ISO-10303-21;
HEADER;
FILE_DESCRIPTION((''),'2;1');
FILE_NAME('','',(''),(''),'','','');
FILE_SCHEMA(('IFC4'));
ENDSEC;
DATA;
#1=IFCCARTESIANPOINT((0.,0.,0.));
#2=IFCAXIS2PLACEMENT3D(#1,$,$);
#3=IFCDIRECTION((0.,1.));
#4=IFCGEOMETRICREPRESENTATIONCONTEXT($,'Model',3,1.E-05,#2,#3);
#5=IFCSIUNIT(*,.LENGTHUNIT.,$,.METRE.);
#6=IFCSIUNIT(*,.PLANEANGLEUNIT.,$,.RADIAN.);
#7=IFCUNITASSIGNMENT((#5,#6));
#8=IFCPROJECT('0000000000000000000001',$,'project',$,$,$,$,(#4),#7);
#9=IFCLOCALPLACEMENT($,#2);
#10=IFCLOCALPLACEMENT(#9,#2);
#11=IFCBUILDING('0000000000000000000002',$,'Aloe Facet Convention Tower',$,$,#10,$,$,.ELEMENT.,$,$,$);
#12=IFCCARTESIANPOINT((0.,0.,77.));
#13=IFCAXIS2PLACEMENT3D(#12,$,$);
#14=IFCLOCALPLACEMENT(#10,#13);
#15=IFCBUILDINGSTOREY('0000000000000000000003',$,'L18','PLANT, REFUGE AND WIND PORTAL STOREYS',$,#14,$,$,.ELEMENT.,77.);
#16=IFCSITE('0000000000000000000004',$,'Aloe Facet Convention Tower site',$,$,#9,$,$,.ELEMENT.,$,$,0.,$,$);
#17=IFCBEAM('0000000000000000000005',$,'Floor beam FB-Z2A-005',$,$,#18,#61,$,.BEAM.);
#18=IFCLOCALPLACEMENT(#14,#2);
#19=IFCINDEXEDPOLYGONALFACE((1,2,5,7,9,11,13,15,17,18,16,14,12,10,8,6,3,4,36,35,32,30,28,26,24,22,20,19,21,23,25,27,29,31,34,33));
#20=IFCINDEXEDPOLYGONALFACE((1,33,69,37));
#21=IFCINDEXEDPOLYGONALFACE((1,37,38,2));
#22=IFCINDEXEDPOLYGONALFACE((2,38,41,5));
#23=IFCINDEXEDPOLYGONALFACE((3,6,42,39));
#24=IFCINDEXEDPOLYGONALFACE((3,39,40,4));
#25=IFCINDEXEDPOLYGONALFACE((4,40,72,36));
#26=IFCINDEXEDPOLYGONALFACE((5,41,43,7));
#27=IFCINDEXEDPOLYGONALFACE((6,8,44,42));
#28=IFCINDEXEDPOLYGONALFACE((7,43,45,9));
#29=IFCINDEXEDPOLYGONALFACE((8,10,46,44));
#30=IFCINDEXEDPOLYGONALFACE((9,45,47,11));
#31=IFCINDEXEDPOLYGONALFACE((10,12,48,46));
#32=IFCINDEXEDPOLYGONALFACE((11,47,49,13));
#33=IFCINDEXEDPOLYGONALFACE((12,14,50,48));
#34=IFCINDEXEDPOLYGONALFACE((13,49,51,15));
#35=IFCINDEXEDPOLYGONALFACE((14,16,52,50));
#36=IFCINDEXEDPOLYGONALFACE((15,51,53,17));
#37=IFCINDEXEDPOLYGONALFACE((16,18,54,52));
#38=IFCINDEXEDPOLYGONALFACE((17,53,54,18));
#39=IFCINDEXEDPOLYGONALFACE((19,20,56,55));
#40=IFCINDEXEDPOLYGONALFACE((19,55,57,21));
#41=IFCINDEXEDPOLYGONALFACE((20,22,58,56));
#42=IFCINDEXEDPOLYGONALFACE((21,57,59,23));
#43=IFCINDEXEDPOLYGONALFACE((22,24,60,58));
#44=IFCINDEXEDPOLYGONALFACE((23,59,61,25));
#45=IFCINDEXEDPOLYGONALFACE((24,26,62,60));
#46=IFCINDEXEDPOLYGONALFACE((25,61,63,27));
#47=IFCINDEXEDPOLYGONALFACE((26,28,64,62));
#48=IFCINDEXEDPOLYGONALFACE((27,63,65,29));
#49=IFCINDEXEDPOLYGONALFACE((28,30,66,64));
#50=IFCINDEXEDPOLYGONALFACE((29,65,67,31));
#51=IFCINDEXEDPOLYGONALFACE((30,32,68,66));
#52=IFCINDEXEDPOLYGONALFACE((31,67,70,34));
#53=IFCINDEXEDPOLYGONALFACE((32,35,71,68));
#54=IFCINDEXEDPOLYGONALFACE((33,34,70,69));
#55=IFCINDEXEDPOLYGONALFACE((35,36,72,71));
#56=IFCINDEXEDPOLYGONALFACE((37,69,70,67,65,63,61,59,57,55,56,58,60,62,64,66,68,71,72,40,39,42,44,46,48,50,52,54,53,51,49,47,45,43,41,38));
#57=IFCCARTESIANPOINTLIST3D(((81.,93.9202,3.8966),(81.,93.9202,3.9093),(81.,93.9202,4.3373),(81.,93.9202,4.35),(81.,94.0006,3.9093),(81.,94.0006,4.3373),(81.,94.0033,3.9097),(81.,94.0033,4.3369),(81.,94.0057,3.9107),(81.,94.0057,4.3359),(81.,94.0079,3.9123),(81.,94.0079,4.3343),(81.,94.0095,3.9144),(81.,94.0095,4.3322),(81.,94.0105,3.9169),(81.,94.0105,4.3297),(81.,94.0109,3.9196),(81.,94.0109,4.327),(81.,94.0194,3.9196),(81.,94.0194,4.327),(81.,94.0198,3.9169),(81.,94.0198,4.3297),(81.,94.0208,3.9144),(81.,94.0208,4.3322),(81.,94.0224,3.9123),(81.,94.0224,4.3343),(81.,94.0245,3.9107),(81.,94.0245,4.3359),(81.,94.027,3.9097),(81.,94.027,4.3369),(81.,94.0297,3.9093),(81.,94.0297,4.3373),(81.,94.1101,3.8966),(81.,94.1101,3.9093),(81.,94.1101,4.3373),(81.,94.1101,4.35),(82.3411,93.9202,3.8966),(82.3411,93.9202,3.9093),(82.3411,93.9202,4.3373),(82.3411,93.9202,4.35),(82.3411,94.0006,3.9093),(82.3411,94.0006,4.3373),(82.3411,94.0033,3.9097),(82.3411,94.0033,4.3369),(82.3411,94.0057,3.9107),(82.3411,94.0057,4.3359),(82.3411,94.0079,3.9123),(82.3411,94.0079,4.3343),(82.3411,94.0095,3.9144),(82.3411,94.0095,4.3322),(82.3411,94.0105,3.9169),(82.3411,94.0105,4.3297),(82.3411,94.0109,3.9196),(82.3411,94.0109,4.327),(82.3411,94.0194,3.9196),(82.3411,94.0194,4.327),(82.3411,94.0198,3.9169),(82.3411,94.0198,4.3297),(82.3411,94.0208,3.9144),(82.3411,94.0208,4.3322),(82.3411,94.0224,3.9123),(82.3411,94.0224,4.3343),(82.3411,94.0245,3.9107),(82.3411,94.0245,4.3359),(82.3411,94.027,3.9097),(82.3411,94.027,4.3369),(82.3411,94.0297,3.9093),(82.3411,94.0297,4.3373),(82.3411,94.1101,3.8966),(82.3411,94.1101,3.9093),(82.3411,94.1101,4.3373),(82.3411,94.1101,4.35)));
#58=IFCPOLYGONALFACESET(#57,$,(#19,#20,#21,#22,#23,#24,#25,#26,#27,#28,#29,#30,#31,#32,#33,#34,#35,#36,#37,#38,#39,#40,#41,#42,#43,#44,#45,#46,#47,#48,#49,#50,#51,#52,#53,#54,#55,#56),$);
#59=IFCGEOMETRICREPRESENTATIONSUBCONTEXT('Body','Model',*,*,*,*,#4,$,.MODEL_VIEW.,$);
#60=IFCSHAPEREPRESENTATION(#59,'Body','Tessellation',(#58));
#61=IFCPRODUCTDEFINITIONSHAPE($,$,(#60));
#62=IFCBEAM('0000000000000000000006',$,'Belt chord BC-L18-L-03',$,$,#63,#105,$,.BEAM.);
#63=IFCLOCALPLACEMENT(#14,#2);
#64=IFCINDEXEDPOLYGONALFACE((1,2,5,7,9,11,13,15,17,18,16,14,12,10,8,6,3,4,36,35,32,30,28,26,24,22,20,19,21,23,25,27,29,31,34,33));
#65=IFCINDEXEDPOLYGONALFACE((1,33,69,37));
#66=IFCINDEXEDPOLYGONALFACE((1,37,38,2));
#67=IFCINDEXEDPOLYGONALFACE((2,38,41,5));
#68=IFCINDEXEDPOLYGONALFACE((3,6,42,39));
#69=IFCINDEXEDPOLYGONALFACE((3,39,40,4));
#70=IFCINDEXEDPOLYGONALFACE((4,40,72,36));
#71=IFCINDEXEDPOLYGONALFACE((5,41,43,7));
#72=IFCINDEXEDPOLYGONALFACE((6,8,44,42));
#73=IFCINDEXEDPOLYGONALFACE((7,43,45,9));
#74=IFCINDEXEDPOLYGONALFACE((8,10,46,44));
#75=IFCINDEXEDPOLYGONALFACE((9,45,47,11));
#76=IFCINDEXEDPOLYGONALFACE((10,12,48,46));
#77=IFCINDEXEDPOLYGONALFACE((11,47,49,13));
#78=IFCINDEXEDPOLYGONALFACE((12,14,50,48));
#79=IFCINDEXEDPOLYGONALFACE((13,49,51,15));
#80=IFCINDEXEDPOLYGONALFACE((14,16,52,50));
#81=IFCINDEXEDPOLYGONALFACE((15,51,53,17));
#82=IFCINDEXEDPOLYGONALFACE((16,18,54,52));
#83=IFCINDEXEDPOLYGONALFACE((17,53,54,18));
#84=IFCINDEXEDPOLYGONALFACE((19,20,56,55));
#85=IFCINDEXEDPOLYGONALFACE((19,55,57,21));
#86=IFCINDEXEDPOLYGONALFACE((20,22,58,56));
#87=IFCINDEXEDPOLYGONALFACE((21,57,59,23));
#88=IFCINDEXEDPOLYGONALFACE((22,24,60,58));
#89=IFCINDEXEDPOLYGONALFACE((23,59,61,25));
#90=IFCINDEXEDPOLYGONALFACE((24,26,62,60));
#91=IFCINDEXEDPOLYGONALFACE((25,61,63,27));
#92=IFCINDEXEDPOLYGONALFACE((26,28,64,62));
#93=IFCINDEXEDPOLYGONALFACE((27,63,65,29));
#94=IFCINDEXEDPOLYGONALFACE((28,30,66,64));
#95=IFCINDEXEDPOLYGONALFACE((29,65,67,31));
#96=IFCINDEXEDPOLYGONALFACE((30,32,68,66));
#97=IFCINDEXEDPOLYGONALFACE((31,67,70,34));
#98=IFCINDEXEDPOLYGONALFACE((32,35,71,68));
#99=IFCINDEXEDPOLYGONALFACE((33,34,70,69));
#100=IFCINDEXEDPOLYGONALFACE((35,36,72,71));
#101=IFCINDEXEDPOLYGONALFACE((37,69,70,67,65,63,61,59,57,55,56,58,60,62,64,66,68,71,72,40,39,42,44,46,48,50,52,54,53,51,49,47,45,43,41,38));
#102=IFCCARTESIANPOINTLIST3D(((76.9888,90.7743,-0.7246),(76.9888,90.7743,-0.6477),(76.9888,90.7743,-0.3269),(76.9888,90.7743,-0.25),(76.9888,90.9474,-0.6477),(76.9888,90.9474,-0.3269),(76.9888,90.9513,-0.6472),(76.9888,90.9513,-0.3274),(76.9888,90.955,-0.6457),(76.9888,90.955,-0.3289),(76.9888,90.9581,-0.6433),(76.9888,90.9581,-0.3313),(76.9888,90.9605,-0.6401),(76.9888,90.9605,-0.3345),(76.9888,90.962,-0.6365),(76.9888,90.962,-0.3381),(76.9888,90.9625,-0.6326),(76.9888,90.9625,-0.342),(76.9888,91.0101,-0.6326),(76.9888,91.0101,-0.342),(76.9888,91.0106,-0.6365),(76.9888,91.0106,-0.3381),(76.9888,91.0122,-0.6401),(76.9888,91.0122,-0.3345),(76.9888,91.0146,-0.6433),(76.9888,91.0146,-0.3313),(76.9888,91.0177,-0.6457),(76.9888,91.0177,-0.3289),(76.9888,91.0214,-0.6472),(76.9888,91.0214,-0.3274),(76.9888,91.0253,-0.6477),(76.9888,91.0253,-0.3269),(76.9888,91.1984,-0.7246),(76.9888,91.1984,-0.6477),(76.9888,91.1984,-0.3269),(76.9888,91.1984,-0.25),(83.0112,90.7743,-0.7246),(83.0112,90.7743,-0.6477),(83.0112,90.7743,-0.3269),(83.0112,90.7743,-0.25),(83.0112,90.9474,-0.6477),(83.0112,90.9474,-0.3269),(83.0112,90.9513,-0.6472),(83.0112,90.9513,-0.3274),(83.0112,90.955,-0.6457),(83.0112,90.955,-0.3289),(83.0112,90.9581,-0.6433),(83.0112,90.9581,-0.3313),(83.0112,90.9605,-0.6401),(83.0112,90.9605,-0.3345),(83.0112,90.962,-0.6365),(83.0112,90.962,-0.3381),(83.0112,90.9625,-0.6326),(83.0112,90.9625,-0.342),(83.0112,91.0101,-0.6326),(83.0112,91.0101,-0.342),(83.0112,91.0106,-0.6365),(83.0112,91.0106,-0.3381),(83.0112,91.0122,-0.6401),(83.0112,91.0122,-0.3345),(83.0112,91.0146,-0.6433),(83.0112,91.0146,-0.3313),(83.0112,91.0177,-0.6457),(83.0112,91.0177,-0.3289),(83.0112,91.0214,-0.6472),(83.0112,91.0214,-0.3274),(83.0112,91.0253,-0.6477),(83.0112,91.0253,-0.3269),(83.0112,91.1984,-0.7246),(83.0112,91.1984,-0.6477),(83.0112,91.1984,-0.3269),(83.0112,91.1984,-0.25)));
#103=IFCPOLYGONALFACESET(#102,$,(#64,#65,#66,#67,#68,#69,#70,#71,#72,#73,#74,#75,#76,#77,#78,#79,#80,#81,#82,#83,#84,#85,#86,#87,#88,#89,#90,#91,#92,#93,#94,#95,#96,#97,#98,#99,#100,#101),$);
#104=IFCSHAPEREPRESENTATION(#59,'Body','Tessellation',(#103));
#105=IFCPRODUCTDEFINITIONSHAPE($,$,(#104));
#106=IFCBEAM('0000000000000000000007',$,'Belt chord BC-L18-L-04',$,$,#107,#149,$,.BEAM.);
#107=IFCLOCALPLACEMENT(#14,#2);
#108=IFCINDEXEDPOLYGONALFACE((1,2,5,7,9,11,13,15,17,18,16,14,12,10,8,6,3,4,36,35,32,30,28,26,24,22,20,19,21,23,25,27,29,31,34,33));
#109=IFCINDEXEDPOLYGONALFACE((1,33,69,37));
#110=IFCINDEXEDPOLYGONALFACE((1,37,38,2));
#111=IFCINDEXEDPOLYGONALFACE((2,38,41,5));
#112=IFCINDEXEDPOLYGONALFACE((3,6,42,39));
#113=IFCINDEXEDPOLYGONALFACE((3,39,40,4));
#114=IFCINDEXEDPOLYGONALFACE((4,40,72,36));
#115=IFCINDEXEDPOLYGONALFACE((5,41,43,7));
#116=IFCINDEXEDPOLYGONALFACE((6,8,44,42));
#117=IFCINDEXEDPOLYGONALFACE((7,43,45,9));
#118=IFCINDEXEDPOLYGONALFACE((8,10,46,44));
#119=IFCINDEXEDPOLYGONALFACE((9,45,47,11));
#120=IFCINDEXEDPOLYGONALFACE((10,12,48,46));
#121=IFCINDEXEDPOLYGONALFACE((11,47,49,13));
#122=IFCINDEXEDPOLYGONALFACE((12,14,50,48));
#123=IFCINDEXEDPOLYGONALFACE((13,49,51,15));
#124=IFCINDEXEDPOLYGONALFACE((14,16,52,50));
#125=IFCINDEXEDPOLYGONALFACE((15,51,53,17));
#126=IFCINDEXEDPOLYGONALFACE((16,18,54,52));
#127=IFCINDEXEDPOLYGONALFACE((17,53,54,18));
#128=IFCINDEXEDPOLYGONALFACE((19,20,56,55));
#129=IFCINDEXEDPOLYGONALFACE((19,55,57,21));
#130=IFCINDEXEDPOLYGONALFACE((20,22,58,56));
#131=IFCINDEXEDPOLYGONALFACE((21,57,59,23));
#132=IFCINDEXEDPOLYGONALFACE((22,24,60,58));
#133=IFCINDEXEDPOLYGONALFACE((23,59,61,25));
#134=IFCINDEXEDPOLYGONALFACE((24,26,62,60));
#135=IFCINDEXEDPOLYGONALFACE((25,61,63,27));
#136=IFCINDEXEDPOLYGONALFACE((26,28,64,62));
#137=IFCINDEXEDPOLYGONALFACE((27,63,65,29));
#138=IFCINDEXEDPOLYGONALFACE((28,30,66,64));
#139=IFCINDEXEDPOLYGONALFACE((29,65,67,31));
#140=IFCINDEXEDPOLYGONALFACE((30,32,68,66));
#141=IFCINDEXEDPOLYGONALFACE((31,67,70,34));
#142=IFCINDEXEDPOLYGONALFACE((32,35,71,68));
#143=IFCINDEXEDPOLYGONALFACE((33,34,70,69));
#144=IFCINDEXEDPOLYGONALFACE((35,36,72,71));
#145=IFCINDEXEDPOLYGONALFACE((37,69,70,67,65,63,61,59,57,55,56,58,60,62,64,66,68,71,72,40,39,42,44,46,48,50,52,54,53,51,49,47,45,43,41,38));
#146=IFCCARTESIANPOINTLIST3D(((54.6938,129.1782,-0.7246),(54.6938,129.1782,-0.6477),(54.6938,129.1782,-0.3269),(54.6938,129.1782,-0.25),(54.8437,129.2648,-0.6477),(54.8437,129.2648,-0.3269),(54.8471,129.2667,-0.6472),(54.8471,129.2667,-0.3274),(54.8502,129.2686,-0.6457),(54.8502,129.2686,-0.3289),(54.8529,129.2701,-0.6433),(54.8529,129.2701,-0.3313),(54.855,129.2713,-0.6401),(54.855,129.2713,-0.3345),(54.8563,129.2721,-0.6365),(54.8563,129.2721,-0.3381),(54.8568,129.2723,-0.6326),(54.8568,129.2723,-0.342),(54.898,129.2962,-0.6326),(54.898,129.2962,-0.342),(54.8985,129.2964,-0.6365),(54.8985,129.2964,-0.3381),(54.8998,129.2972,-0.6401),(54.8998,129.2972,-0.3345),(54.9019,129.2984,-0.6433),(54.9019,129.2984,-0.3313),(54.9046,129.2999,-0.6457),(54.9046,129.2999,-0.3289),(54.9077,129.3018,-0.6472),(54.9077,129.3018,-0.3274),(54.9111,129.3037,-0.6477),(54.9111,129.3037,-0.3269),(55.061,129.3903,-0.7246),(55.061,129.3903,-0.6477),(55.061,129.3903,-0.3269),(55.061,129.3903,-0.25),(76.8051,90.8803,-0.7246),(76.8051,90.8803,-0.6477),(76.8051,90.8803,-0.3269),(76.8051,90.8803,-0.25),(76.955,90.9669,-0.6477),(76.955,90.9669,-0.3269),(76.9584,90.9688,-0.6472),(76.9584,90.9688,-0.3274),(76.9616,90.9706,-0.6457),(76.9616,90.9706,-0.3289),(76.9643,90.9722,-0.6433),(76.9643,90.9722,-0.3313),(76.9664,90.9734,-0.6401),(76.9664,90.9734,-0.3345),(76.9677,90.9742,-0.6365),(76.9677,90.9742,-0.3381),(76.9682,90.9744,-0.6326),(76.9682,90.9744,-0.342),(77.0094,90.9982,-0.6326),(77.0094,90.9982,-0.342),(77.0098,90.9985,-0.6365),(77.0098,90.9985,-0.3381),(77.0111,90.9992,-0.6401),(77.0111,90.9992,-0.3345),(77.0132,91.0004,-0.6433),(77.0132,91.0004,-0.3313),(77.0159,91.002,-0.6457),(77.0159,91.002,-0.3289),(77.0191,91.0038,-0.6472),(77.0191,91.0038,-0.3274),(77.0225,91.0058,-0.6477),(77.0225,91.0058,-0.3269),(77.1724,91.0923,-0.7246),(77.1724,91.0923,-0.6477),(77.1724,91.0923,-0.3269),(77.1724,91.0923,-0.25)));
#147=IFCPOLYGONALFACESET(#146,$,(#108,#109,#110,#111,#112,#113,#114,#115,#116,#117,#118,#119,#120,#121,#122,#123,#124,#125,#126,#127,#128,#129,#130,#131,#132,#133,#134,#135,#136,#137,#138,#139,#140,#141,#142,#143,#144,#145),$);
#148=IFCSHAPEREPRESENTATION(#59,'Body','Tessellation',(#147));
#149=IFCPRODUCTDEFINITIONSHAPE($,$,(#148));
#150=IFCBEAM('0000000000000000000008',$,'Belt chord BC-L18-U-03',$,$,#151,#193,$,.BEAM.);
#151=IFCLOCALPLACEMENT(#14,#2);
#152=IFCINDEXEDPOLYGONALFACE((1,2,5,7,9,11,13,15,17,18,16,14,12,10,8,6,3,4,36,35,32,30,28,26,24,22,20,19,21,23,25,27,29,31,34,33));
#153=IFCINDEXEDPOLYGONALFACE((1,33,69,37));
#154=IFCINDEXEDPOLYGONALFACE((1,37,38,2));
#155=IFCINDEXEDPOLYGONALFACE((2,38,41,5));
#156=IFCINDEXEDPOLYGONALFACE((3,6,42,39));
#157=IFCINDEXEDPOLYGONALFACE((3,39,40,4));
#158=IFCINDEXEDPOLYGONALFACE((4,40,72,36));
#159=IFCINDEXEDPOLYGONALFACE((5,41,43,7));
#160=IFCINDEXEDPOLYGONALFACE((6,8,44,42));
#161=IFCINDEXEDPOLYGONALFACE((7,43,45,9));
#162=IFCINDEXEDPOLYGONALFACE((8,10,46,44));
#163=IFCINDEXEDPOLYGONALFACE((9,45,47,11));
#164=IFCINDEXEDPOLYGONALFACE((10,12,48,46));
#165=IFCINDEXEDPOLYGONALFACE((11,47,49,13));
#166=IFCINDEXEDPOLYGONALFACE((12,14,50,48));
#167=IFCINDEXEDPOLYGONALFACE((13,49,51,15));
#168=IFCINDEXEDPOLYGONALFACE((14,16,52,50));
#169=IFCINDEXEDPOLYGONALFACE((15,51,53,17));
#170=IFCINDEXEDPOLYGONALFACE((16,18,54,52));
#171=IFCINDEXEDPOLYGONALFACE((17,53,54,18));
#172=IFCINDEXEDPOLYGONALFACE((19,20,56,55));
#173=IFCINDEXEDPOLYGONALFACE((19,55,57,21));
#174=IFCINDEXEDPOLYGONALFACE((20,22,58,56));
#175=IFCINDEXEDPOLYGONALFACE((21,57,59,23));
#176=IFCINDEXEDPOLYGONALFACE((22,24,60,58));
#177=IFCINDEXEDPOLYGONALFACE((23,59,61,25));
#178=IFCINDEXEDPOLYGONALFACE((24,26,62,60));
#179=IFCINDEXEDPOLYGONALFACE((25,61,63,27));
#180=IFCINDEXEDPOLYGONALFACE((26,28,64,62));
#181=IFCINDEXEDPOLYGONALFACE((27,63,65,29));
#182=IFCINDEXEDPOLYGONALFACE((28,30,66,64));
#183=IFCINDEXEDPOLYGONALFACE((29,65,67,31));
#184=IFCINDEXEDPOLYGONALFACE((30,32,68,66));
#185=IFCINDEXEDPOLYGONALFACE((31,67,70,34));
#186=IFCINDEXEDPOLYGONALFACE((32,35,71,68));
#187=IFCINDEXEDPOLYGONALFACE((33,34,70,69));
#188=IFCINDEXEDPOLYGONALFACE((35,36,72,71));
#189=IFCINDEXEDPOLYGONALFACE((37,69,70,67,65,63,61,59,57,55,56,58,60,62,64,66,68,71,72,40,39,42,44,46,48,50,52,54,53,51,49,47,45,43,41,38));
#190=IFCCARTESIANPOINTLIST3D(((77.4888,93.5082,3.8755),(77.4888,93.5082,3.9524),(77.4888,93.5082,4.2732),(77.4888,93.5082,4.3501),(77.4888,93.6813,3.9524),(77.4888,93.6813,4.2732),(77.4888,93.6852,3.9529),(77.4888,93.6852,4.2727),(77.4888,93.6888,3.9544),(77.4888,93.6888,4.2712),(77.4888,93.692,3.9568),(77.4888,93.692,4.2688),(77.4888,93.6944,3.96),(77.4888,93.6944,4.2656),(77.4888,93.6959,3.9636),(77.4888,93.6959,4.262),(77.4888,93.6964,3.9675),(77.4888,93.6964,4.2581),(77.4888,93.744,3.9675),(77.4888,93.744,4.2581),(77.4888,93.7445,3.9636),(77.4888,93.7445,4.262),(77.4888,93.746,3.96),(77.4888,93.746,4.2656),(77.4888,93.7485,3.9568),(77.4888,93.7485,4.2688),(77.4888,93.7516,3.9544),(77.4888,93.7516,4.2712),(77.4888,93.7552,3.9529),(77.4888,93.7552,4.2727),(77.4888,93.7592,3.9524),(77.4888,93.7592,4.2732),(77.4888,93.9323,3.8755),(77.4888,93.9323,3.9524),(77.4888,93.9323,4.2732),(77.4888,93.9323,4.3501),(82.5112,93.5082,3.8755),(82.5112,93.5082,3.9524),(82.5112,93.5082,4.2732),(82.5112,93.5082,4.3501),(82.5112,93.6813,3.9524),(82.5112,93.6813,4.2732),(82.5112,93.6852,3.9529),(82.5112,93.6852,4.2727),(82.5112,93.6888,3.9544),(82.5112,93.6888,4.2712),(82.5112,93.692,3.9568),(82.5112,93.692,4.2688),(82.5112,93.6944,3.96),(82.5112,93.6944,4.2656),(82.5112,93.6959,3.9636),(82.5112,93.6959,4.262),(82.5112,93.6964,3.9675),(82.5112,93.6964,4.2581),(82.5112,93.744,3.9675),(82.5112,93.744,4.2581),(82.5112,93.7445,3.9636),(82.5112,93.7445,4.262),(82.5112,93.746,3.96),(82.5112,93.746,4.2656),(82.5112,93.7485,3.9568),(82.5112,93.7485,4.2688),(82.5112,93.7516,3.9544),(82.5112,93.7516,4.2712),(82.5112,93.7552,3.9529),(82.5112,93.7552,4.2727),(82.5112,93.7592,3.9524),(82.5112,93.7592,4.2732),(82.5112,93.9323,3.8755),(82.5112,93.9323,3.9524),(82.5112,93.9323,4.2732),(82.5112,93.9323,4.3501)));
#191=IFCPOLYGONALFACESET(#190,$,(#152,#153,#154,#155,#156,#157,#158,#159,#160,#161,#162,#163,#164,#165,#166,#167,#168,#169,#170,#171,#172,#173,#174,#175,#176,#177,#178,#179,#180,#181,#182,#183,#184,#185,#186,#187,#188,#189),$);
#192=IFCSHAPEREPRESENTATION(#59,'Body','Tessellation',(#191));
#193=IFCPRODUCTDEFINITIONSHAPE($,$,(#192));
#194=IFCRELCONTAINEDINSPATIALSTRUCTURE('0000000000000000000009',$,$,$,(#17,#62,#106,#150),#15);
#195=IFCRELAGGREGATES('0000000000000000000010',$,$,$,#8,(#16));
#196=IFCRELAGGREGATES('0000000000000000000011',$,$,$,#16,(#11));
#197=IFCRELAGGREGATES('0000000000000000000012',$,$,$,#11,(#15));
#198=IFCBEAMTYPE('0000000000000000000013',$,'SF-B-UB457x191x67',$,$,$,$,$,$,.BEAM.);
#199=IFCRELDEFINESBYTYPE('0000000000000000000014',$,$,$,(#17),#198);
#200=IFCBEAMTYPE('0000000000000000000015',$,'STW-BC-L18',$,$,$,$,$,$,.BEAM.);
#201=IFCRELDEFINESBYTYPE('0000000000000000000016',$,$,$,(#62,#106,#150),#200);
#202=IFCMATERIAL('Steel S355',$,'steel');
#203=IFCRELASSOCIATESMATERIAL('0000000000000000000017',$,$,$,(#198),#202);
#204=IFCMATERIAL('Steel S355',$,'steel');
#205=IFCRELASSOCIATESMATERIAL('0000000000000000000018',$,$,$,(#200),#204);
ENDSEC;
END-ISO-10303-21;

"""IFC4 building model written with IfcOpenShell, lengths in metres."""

from ifc_helpers import new_model, si_unit, direction, frame, origin, origin_2d, place, context, subcontext, project, spatial, i_section, extrude, material, material_profile, profile_set, type_object, element, save


model = new_model("IFC4")

# Units and contexts
model_context = context("Model", 3, precision=1e-05, world=origin(), true_north=direction((0.0, 1.0)))
body_context = subcontext(model_context, "Body", "Model", "MODEL_VIEW")
ifc_project = project(units=[si_unit("LENGTHUNIT", "METRE"), si_unit("PLANEANGLEUNIT", "RADIAN")], contexts=[model_context])

# Site, building, storey
site_placement = place(None, origin())
site = spatial("IfcSite", under=ifc_project, at=site_placement, Name="Aloe Facet Convention Tower site", CompositionType="ELEMENT", RefElevation=0.0)
building_placement = place(site_placement, origin())
building = spatial("IfcBuilding", under=site, at=building_placement, Name="Aloe Facet Convention Tower", CompositionType="ELEMENT")
storey_placement = place(building_placement, frame((0.0, 0.0, 77.0)))
storey = spatial("IfcBuildingStorey", under=building, at=storey_placement, Name="L18", Description="PLANT, REFUGE AND WIND PORTAL STOREYS", CompositionType="ELEMENT", Elevation=77.0)

# Beams
ifc_material_1 = material(Name="Steel S355", Category="steel")
ifc_material_profile_1 = material_profile(ifc_material_1, i_section(OverallWidth=0.1899, OverallDepth=0.4534, WebThickness=0.0085, FlangeThickness=0.0127, FilletRadius=0.0103, at=origin_2d()), Name="UB 457x191x67")
ifc_profile_set_1 = profile_set([ifc_material_profile_1], Name="Steel S355")
beam_type_1 = type_object("IfcBeamType", Name="SF-B-UB457x191x67", PredefinedType="BEAM", material=ifc_profile_set_1)
for number, where, z_axis, x_axis, name in (
    (1, (82.3411, 94.0151, 4.1233), (-1.0, 0.0, 0.0), (0.0, -1.0, 0.0), "Floor beam FB-Z2A-005"),
):
    element("IfcBeam", number, at=place(storey_placement, frame(where, z_axis=z_axis, x_axis=x_axis)), inside=storey, type_object=beam_type_1, Name=name, PredefinedType="BEAM", context=body_context, shape_type="SweptSolid", body=[
        extrude(i_section(OverallWidth=0.1899, OverallDepth=0.4534, WebThickness=0.0085, FlangeThickness=0.0127, FilletRadius=0.0103, at=origin_2d()), origin(), (0.0, 0.0, 1.0), 1.3411),
    ])
ifc_material_2 = material(Name="Steel S355", Category="steel")
ifc_material_profile_2 = material_profile(ifc_material_2, i_section(OverallWidth=0.4241, OverallDepth=0.4746, WebThickness=0.0476, FlangeThickness=0.0769, FilletRadius=0.0151, at=origin_2d()), Name="UC 356x406x634")
ifc_profile_set_2 = profile_set([ifc_material_profile_2], Name="Steel S355")
beam_type_2 = type_object("IfcBeamType", Name="STW-BC-L18", PredefinedType="BEAM", material=ifc_profile_set_2)
beam_1_placement = place(storey_placement, frame((83.0112, 90.9863, -0.4873), z_axis=(-1.0, 0.0, 0.0), x_axis=(0.0, -1.0, 0.0)))
element("IfcBeam", 2, at=beam_1_placement, inside=storey, type_object=beam_type_2, Name="Belt chord BC-L18-L-03", PredefinedType="BEAM", context=body_context, shape_type="SweptSolid", body=[
    extrude(i_section(OverallWidth=0.4241, OverallDepth=0.4746, WebThickness=0.0476, FlangeThickness=0.0769, FilletRadius=0.0151, at=origin_2d()), origin(), (0.0, 0.0, 1.0), 6.0225),
])
beam_2_placement = place(storey_placement, frame((76.9888, 90.9863, -0.4873), z_axis=(-0.500001, 0.866025, 0.0), x_axis=(-0.866025, -0.500001, 0.0)))
element("IfcBeam", 3, at=beam_2_placement, inside=storey, type_object=beam_type_2, Name="Belt chord BC-L18-L-04", PredefinedType="BEAM", context=body_context, shape_type="SweptSolid", body=[
    extrude(i_section(OverallWidth=0.4241, OverallDepth=0.4746, WebThickness=0.0476, FlangeThickness=0.0769, FilletRadius=0.0151, at=origin_2d()), origin(), (0.0, 0.0, 1.0), 44.2227),
])
beam_3_placement = place(storey_placement, frame((82.5112, 93.7202, 4.1128), z_axis=(-1.0, 0.0, 0.0), x_axis=(0.0, -1.0, 0.0)))
element("IfcBeam", 4, at=beam_3_placement, inside=storey, type_object=beam_type_2, Name="Belt chord BC-L18-U-03", PredefinedType="BEAM", context=body_context, shape_type="SweptSolid", body=[
    extrude(i_section(OverallWidth=0.4241, OverallDepth=0.4746, WebThickness=0.0476, FlangeThickness=0.0769, FilletRadius=0.0151, at=origin_2d()), origin(), (0.0, 0.0, 1.0), 5.0225),
])

save(model, "model.ifc")
